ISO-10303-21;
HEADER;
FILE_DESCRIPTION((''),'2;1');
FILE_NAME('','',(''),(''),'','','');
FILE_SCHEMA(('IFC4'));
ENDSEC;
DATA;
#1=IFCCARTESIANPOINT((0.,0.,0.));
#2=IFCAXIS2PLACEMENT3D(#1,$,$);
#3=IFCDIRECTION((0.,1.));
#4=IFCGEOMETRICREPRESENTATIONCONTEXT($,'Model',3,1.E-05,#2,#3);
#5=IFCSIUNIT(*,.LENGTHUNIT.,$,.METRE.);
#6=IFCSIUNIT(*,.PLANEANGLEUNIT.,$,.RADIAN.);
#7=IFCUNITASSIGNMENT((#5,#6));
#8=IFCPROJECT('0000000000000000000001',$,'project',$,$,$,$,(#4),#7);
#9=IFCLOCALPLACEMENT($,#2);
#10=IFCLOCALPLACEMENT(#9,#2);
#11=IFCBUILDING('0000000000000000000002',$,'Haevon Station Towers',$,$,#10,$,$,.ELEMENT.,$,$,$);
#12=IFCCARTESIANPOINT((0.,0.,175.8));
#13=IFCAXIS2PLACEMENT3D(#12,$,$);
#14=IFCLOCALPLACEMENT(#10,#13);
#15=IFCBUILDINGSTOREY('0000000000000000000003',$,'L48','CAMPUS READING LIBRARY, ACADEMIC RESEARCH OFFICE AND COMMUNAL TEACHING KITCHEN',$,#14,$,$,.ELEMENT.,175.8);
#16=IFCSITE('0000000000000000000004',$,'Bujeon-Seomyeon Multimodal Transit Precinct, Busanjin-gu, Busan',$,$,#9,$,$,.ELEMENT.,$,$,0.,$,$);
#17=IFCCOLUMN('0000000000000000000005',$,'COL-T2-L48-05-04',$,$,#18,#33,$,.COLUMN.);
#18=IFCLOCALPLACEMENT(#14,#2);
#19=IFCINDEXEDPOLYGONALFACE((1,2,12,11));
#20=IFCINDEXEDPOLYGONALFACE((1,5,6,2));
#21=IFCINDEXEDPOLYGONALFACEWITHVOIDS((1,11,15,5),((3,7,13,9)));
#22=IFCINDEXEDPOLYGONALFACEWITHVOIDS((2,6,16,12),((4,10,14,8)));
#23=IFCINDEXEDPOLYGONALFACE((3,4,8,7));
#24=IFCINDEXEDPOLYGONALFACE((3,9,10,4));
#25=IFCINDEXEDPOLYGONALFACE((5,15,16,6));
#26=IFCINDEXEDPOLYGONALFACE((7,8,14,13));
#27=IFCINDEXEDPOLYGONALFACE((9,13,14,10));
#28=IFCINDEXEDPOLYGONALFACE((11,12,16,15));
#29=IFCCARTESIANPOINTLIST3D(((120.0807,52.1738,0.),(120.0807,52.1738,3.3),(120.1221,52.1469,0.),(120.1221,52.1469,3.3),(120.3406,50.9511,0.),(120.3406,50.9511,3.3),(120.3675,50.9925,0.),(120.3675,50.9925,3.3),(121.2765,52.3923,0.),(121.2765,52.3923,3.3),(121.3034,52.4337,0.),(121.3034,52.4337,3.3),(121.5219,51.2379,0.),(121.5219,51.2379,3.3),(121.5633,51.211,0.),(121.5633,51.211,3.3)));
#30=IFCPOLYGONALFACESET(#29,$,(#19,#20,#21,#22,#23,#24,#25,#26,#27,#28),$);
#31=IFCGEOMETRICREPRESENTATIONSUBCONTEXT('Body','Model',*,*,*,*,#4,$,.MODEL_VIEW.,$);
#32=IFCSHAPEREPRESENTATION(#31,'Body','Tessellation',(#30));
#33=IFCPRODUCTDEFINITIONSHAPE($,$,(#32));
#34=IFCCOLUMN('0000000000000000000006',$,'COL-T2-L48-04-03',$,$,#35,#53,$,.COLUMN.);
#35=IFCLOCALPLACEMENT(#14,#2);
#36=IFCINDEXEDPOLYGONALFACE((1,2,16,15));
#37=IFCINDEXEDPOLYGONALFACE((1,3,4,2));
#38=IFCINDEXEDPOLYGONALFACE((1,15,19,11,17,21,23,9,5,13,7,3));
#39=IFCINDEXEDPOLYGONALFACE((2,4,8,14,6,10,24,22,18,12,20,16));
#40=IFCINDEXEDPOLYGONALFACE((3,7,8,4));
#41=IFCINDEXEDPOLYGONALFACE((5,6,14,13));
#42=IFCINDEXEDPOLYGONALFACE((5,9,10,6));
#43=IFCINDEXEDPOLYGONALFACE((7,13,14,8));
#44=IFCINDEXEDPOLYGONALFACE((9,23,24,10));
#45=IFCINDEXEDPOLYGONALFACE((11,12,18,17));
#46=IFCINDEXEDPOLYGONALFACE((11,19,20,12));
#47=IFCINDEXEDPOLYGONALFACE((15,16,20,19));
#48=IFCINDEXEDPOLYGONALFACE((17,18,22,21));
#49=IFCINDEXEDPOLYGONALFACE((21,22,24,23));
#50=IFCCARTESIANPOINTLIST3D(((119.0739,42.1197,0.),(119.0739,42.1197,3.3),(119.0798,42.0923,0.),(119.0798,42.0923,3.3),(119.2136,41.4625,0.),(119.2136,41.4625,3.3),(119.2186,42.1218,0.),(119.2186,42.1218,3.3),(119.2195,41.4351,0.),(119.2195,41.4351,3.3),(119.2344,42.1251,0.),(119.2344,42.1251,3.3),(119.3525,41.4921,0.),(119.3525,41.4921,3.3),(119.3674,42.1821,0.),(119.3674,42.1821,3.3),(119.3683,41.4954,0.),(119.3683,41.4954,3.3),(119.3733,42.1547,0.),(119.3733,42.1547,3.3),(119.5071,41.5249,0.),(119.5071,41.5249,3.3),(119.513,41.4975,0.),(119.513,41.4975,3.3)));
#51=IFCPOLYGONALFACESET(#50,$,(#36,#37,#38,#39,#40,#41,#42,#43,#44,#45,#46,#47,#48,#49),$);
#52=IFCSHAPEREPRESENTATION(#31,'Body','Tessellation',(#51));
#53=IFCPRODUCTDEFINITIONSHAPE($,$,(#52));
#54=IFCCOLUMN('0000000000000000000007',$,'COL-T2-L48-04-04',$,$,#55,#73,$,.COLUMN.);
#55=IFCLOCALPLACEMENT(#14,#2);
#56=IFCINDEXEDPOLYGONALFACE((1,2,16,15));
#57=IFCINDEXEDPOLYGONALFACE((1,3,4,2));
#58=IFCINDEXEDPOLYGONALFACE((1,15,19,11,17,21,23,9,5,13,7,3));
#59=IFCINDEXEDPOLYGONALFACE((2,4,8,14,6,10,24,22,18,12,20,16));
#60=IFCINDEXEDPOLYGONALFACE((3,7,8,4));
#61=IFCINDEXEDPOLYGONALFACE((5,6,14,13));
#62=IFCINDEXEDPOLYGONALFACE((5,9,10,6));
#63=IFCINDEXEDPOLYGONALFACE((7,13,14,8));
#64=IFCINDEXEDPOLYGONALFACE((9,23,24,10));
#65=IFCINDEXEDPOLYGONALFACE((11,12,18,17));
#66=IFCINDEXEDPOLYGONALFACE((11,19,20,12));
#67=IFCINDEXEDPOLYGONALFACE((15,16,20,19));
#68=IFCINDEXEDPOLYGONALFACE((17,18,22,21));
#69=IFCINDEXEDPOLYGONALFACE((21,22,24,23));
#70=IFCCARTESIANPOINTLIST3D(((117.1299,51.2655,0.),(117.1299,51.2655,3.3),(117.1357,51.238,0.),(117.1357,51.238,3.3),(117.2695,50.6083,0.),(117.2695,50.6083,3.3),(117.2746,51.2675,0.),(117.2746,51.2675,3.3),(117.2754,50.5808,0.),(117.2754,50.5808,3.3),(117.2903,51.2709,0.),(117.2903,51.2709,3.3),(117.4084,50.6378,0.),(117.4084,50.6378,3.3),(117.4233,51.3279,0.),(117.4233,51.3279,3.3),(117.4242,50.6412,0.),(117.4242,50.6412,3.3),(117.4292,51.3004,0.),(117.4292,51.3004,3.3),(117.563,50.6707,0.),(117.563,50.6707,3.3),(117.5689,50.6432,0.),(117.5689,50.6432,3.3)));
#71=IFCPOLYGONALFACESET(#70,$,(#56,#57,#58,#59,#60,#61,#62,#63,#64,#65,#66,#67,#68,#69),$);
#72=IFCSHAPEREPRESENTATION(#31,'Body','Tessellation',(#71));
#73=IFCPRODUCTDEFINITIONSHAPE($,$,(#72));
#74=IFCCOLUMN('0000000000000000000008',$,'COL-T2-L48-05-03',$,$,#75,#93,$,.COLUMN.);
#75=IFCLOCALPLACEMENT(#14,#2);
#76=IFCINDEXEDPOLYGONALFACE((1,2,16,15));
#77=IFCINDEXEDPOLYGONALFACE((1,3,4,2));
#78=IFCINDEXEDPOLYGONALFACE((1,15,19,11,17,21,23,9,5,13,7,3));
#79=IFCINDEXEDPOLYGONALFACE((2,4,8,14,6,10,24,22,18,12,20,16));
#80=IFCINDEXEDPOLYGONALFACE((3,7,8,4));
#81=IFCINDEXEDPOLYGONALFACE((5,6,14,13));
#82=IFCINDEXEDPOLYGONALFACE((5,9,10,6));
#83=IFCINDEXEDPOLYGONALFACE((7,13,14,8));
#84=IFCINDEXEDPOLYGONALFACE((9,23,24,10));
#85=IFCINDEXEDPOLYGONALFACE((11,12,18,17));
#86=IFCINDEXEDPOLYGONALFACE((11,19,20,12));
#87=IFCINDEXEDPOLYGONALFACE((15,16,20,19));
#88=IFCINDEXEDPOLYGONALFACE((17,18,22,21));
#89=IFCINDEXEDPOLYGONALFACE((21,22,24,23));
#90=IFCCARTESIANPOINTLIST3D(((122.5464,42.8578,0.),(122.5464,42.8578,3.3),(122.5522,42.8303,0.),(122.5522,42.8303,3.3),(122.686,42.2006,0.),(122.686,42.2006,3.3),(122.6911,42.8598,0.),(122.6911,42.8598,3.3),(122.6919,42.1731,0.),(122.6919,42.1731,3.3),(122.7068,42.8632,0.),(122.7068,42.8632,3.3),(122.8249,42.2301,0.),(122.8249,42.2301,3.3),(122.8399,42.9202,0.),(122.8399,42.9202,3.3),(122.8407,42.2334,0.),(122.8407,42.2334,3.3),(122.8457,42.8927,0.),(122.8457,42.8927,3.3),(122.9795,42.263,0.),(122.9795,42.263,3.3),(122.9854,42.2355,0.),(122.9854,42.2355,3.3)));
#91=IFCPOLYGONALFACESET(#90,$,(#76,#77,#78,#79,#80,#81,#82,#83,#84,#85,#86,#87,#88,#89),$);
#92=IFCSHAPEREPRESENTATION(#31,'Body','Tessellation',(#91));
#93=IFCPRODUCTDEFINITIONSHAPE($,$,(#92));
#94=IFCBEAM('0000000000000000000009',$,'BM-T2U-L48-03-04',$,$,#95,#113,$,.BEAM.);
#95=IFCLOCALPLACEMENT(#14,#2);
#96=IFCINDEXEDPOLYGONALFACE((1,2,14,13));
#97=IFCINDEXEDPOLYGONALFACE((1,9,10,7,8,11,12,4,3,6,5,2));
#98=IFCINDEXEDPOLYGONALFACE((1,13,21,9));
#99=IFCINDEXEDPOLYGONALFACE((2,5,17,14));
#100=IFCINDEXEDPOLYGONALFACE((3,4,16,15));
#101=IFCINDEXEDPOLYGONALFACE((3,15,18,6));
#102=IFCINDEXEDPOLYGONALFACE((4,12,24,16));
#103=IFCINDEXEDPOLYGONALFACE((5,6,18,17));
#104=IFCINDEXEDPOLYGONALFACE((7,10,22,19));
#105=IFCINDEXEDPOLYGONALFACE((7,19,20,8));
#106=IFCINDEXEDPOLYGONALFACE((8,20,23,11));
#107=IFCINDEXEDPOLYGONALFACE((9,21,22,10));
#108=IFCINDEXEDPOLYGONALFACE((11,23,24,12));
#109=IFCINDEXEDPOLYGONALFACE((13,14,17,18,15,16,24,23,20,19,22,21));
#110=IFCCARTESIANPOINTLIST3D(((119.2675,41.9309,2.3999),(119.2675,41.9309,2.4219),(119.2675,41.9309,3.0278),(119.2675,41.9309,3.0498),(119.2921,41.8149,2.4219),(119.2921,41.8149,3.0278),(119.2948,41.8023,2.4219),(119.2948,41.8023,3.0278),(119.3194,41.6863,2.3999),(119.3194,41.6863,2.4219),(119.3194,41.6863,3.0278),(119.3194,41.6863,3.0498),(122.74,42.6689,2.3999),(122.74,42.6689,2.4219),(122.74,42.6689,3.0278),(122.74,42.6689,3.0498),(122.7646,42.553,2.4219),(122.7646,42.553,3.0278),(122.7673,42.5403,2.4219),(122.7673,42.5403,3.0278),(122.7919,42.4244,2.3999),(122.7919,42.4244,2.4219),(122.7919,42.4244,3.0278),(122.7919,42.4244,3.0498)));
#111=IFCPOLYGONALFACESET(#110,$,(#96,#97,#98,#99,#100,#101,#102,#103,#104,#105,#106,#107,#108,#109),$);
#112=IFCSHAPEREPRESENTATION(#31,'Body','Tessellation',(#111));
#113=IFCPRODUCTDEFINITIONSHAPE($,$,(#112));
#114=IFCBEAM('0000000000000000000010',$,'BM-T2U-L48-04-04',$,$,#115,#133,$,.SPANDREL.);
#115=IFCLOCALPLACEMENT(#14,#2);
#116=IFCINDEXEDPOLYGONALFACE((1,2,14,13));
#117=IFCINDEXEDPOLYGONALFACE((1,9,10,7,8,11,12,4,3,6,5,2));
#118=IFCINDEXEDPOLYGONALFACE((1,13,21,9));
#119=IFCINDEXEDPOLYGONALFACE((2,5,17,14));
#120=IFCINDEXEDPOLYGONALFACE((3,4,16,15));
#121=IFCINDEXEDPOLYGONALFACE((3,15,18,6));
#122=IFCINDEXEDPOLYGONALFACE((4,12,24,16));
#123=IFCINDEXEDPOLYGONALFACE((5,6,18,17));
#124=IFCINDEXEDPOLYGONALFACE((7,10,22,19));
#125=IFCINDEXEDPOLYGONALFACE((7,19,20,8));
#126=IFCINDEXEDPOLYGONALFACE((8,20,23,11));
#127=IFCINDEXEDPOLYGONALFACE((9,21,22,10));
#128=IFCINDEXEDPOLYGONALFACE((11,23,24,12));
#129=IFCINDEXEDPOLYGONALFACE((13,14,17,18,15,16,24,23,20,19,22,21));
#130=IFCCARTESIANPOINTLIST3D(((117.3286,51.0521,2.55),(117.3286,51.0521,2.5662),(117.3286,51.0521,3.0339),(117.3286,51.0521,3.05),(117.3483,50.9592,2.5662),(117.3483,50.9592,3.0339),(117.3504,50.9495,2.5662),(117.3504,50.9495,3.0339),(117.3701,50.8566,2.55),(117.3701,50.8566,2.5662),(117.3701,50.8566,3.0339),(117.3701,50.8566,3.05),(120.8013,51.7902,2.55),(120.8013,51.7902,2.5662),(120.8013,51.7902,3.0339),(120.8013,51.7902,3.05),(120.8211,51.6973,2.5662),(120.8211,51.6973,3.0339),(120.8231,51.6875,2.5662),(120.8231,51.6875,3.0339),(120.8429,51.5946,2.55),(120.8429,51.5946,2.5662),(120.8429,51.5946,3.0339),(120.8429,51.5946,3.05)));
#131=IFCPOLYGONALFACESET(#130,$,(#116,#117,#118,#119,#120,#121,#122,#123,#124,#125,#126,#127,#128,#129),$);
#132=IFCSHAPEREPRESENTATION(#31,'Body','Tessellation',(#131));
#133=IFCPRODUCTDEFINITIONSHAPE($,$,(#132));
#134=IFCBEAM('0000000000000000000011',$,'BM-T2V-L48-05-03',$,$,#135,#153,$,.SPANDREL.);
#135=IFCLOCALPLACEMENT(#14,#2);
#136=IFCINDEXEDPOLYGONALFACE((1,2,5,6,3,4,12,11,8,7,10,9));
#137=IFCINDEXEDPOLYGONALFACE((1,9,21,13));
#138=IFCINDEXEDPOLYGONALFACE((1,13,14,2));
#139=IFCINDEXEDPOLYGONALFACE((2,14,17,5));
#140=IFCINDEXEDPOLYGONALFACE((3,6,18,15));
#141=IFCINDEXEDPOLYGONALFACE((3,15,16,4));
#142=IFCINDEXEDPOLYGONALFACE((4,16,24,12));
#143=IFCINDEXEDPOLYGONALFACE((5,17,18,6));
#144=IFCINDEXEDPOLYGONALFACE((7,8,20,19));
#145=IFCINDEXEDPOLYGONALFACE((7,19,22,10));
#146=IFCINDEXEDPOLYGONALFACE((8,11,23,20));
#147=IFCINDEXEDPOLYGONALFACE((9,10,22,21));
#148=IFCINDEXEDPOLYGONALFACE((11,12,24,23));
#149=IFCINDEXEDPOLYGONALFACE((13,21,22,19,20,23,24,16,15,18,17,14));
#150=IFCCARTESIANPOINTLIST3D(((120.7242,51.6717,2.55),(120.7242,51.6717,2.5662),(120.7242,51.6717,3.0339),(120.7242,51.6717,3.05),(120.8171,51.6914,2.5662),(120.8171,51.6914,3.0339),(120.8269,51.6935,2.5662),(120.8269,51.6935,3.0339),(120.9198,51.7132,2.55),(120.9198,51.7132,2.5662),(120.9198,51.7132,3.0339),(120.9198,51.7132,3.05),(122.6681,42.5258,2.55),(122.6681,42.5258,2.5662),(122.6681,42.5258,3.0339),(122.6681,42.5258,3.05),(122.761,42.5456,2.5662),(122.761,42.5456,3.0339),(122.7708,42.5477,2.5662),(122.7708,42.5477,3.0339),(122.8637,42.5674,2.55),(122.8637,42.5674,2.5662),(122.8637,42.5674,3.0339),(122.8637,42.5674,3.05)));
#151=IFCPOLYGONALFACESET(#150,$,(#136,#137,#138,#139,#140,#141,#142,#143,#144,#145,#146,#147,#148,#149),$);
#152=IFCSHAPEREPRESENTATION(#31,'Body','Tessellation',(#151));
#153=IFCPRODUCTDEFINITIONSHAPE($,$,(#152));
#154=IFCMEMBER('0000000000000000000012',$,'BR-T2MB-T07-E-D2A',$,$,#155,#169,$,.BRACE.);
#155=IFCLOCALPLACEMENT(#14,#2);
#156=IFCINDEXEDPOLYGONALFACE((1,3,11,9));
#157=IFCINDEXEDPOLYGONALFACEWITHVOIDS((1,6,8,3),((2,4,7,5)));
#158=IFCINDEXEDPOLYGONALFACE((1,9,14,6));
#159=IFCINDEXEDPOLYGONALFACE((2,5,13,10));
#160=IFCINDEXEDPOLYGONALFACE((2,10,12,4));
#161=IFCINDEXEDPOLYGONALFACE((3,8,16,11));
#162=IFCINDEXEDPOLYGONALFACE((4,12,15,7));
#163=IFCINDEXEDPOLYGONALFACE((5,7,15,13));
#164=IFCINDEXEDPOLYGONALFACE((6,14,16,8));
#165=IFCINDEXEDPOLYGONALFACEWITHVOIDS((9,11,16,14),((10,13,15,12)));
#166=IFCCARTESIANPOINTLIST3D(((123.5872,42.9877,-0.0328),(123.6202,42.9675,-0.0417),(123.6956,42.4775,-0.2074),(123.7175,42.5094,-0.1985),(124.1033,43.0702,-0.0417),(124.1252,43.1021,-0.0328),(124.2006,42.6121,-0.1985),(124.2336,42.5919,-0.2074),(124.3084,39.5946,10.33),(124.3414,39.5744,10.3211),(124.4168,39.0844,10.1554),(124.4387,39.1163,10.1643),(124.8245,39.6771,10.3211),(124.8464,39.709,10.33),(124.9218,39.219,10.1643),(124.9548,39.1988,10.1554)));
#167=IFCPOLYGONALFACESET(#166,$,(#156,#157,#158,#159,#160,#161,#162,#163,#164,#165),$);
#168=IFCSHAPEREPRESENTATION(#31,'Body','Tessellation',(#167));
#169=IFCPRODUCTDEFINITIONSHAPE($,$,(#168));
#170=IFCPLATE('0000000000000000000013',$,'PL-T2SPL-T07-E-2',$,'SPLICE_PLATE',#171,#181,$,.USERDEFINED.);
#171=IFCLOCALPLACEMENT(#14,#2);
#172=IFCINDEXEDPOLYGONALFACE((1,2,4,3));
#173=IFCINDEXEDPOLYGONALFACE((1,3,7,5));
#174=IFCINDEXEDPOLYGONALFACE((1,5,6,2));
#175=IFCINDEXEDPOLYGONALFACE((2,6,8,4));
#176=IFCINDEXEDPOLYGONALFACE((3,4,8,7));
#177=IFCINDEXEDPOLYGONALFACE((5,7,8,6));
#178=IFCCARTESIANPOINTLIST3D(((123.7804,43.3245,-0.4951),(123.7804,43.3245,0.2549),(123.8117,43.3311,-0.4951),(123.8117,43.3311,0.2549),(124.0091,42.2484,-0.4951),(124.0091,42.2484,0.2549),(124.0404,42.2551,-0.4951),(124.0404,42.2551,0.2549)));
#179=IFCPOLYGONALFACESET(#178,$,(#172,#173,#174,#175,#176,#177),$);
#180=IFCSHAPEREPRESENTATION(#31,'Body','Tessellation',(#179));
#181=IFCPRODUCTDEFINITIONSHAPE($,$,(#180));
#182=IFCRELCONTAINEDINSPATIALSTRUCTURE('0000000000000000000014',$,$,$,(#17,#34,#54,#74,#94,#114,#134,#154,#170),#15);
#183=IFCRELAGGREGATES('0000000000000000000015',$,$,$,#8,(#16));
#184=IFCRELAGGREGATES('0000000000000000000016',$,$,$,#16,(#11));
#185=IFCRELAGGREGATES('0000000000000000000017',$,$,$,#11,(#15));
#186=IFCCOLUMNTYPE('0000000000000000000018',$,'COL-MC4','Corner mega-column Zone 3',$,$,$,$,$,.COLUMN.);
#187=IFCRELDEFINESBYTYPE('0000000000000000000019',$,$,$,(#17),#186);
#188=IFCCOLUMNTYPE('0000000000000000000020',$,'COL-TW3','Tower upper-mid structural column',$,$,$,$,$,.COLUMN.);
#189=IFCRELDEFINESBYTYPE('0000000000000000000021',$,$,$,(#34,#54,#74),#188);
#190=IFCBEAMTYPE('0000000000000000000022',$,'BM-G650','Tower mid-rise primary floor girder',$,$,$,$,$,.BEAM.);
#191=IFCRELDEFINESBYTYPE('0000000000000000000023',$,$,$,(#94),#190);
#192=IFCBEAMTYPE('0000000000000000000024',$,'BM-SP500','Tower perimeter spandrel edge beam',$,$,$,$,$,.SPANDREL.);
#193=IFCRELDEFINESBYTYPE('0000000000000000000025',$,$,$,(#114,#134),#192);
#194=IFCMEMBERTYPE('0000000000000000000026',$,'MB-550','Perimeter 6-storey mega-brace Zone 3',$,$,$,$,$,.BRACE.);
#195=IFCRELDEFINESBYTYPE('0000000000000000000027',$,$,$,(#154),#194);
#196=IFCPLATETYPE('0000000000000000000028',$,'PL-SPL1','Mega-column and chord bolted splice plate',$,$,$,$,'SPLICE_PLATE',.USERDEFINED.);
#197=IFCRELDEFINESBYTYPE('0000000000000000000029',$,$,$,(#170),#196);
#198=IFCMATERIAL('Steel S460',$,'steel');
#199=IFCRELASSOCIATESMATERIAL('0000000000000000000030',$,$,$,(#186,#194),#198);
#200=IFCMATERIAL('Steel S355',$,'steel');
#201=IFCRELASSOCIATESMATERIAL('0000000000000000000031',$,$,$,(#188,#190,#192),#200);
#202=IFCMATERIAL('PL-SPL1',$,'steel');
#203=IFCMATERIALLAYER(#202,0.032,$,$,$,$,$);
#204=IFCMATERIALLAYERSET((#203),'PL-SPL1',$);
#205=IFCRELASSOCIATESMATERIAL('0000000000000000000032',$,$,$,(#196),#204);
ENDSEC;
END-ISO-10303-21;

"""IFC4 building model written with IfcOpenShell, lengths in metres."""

from ifc_helpers import new_model, si_unit, direction, frame, origin, origin_2d, place, context, subcontext, project, spatial, rectangle, hollow_rectangle, i_section, extrude, material, layer, layer_set, material_profile, profile_set, type_object, element, save


model = new_model("IFC4")

# Units and contexts
model_context = context("Model", 3, precision=1e-05, world=origin(), true_north=direction((0.0, 1.0)))
body_context = subcontext(model_context, "Body", "Model", "MODEL_VIEW")
ifc_project = project(units=[si_unit("LENGTHUNIT", "METRE"), si_unit("PLANEANGLEUNIT", "RADIAN")], contexts=[model_context])

# Site, building, storey
site_placement = place(None, origin())
site = spatial("IfcSite", under=ifc_project, at=site_placement, Name="Bujeon-Seomyeon Multimodal Transit Precinct, Busanjin-gu, Busan", CompositionType="ELEMENT", RefElevation=0.0)
building_placement = place(site_placement, origin())
building = spatial("IfcBuilding", under=site, at=building_placement, Name="Haevon Station Towers", CompositionType="ELEMENT")
storey_placement = place(building_placement, frame((0.0, 0.0, 175.8)))
storey = spatial("IfcBuildingStorey", under=building, at=storey_placement, Name="L48", Description="CAMPUS READING LIBRARY, ACADEMIC RESEARCH OFFICE AND COMMUNAL TEACHING KITCHEN", CompositionType="ELEMENT", Elevation=175.8)

# Columns
ifc_material_1 = material(Name="Steel S460", Category="steel")
ifc_material_profile_1 = material_profile(ifc_material_1, hollow_rectangle(XDim=1.25, YDim=1.25, WallThickness=0.0349, at=origin_2d()), Name="BOX-1250x1250x35")
ifc_profile_set_1 = profile_set([ifc_material_profile_1], Name="Steel S460")
column_type_1 = type_object("IfcColumnType", Name="COL-MC4", Description="Corner mega-column Zone 3", PredefinedType="COLUMN", material=ifc_profile_set_1)
column_placement = place(storey_placement, frame((120.822, 51.6924, 0.0), z_axis=(0.0, 0.0, 1.0), x_axis=(0.978148, 0.207912, 0.0)))
element("IfcColumn", 1, at=column_placement, inside=storey, type_object=column_type_1, Name="COL-T2-L48-05-04", PredefinedType="COLUMN", context=body_context, shape_type="SweptSolid", body=[
    extrude(hollow_rectangle(XDim=1.25, YDim=1.25, WallThickness=0.0349, at=origin_2d()), origin(), (0.0, 0.0, 1.0), 3.3),
])
ifc_material_2 = material(Name="Steel S355", Category="steel")
ifc_material_profile_2 = material_profile(ifc_material_2, i_section(OverallWidth=0.3, OverallDepth=0.7, WebThickness=0.0161, FlangeThickness=0.0281, at=origin_2d()), Name="H-700x300x16x28")
ifc_profile_set_2 = profile_set([ifc_material_profile_2], Name="Steel S355")
column_type_2 = type_object("IfcColumnType", Name="COL-TW3", Description="Tower upper-mid structural column", PredefinedType="COLUMN", material=ifc_profile_set_2)
for number, where, z_axis, x_axis, name in (
    (2, (119.2935, 41.8086, 0.0), (0.0, 0.0, 1.0), (0.978148, 0.207912, 0.0), "COL-T2-L48-04-03"),
    (3, (117.3494, 50.9543, 0.0), (0.0, 0.0, 1.0), (0.978148, 0.207912, 0.0), "COL-T2-L48-04-04"),
    (4, (122.7659, 42.5466, 0.0), (0.0, 0.0, 1.0), (0.978148, 0.207912, 0.0), "COL-T2-L48-05-03"),
):
    element("IfcColumn", number, at=place(storey_placement, frame(where, z_axis=z_axis, x_axis=x_axis)), inside=storey, type_object=column_type_2, Name=name, PredefinedType="COLUMN", context=body_context, shape_type="SweptSolid", body=[
        extrude(i_section(OverallWidth=0.3, OverallDepth=0.7, WebThickness=0.0161, FlangeThickness=0.0281, at=origin_2d()), origin(), (0.0, 0.0, 1.0), 3.3),
    ])

# Beams
ifc_material_profile_3 = material_profile(ifc_material_2, i_section(OverallWidth=0.25, OverallDepth=0.6499, WebThickness=0.0129, FlangeThickness=0.022, at=origin_2d()), Name="H-650x250x13x22")
ifc_profile_set_3 = profile_set([ifc_material_profile_3], Name="Steel S355")
beam_type_1 = type_object("IfcBeamType", Name="BM-G650", Description="Tower mid-rise primary floor girder", PredefinedType="BEAM", material=ifc_profile_set_3)
beam_1_placement = place(storey_placement, frame((119.2935, 41.8086, 2.7249), z_axis=(0.97815, 0.207899, 0.0), x_axis=(-0.207899, 0.97815, 0.0)))
element("IfcBeam", 5, at=beam_1_placement, inside=storey, type_object=beam_type_1, Name="BM-T2U-L48-03-04", PredefinedType="BEAM", context=body_context, shape_type="SweptSolid", body=[
    extrude(i_section(OverallWidth=0.25, OverallDepth=0.6499, WebThickness=0.0129, FlangeThickness=0.022, at=origin_2d()), origin(), (0.0, 0.0, 1.0), 3.55),
])
ifc_material_profile_4 = material_profile(ifc_material_2, i_section(OverallWidth=0.2, OverallDepth=0.5, WebThickness=0.01, FlangeThickness=0.0161, at=origin_2d()), Name="H-500x200x10x16")
ifc_profile_set_4 = profile_set([ifc_material_profile_4], Name="Steel S355")
beam_type_2 = type_object("IfcBeamType", Name="BM-SP500", Description="Tower perimeter spandrel edge beam", PredefinedType="SPANDREL", material=ifc_profile_set_4)
beam_2_placement = place(storey_placement, frame((117.3494, 50.9543, 2.8), z_axis=(0.978153, 0.207885, 0.0), x_axis=(-0.207885, 0.978153, 0.0)))
element("IfcBeam", 6, at=beam_2_placement, inside=storey, type_object=beam_type_2, Name="BM-T2U-L48-04-04", PredefinedType="SPANDREL", context=body_context, shape_type="SweptSolid", body=[
    extrude(i_section(OverallWidth=0.2, OverallDepth=0.5, WebThickness=0.01, FlangeThickness=0.0161, at=origin_2d()), origin(), (0.0, 0.0, 1.0), 3.5503),
])
beam_3_placement = place(storey_placement, frame((122.7659, 42.5466, 2.8), z_axis=(-0.207897, 0.978151, 0.0), x_axis=(-0.978151, -0.207897, 0.0)))
element("IfcBeam", 7, at=beam_3_placement, inside=storey, type_object=beam_type_2, Name="BM-T2V-L48-05-03", PredefinedType="SPANDREL", context=body_context, shape_type="SweptSolid", body=[
    extrude(i_section(OverallWidth=0.2, OverallDepth=0.5, WebThickness=0.01, FlangeThickness=0.0161, at=origin_2d()), origin(), (0.0, 0.0, 1.0), 9.3501),
])

# Member
ifc_material_profile_5 = material_profile(ifc_material_1, hollow_rectangle(XDim=0.55, YDim=0.55, WallThickness=0.0281, at=origin_2d()), Name="RHS-550x550x28")
ifc_profile_set_5 = profile_set([ifc_material_profile_5], Name="Steel S460")
member_type = type_object("IfcMemberType", Name="MB-550", Description="Perimeter 6-storey mega-brace Zone 3", PredefinedType="BRACE", material=ifc_profile_set_5)
member_placement = place(storey_placement, frame((123.9104, 42.7898, -0.1201), z_axis=(0.065995, -0.310494, 0.948282), x_axis=(0.978149, 0.207904, 0.0)))
element("IfcMember", 8, at=member_placement, inside=storey, type_object=member_type, Name="BR-T2MB-T07-E-D2A", PredefinedType="BRACE", context=body_context, shape_type="SweptSolid", body=[
    extrude(hollow_rectangle(XDim=0.55, YDim=0.55, WallThickness=0.0281, at=origin_2d()), origin(), (0.0, 0.0, 1.0), 10.928),
])

# Plate
ifc_material_3 = material(Name="PL-SPL1", Category="steel")
ifc_layer_1 = layer(ifc_material_3, 0.032)
ifc_layer_set_1 = layer_set([ifc_layer_1], Name="PL-SPL1")
plate_type = type_object("IfcPlateType", Name="PL-SPL1", Description="Mega-column and chord bolted splice plate", ElementType="SPLICE_PLATE", PredefinedType="USERDEFINED", material=ifc_layer_set_1)
plate_placement = place(storey_placement, frame((123.9104, 42.7898, -0.4951), z_axis=(0.0, 0.0, 1.0), x_axis=(-0.207912, 0.978148, 0.0)))
element("IfcPlate", 9, at=plate_placement, inside=storey, type_object=plate_type, Name="PL-T2SPL-T07-E-2", ObjectType="SPLICE_PLATE", PredefinedType="USERDEFINED", context=body_context, shape_type="SweptSolid", body=[
    extrude(rectangle(XDim=1.1001, YDim=0.032, at=origin_2d()), origin(), (0.0, 0.0, 1.0), 0.75),
])

save(model, "model.ifc")
